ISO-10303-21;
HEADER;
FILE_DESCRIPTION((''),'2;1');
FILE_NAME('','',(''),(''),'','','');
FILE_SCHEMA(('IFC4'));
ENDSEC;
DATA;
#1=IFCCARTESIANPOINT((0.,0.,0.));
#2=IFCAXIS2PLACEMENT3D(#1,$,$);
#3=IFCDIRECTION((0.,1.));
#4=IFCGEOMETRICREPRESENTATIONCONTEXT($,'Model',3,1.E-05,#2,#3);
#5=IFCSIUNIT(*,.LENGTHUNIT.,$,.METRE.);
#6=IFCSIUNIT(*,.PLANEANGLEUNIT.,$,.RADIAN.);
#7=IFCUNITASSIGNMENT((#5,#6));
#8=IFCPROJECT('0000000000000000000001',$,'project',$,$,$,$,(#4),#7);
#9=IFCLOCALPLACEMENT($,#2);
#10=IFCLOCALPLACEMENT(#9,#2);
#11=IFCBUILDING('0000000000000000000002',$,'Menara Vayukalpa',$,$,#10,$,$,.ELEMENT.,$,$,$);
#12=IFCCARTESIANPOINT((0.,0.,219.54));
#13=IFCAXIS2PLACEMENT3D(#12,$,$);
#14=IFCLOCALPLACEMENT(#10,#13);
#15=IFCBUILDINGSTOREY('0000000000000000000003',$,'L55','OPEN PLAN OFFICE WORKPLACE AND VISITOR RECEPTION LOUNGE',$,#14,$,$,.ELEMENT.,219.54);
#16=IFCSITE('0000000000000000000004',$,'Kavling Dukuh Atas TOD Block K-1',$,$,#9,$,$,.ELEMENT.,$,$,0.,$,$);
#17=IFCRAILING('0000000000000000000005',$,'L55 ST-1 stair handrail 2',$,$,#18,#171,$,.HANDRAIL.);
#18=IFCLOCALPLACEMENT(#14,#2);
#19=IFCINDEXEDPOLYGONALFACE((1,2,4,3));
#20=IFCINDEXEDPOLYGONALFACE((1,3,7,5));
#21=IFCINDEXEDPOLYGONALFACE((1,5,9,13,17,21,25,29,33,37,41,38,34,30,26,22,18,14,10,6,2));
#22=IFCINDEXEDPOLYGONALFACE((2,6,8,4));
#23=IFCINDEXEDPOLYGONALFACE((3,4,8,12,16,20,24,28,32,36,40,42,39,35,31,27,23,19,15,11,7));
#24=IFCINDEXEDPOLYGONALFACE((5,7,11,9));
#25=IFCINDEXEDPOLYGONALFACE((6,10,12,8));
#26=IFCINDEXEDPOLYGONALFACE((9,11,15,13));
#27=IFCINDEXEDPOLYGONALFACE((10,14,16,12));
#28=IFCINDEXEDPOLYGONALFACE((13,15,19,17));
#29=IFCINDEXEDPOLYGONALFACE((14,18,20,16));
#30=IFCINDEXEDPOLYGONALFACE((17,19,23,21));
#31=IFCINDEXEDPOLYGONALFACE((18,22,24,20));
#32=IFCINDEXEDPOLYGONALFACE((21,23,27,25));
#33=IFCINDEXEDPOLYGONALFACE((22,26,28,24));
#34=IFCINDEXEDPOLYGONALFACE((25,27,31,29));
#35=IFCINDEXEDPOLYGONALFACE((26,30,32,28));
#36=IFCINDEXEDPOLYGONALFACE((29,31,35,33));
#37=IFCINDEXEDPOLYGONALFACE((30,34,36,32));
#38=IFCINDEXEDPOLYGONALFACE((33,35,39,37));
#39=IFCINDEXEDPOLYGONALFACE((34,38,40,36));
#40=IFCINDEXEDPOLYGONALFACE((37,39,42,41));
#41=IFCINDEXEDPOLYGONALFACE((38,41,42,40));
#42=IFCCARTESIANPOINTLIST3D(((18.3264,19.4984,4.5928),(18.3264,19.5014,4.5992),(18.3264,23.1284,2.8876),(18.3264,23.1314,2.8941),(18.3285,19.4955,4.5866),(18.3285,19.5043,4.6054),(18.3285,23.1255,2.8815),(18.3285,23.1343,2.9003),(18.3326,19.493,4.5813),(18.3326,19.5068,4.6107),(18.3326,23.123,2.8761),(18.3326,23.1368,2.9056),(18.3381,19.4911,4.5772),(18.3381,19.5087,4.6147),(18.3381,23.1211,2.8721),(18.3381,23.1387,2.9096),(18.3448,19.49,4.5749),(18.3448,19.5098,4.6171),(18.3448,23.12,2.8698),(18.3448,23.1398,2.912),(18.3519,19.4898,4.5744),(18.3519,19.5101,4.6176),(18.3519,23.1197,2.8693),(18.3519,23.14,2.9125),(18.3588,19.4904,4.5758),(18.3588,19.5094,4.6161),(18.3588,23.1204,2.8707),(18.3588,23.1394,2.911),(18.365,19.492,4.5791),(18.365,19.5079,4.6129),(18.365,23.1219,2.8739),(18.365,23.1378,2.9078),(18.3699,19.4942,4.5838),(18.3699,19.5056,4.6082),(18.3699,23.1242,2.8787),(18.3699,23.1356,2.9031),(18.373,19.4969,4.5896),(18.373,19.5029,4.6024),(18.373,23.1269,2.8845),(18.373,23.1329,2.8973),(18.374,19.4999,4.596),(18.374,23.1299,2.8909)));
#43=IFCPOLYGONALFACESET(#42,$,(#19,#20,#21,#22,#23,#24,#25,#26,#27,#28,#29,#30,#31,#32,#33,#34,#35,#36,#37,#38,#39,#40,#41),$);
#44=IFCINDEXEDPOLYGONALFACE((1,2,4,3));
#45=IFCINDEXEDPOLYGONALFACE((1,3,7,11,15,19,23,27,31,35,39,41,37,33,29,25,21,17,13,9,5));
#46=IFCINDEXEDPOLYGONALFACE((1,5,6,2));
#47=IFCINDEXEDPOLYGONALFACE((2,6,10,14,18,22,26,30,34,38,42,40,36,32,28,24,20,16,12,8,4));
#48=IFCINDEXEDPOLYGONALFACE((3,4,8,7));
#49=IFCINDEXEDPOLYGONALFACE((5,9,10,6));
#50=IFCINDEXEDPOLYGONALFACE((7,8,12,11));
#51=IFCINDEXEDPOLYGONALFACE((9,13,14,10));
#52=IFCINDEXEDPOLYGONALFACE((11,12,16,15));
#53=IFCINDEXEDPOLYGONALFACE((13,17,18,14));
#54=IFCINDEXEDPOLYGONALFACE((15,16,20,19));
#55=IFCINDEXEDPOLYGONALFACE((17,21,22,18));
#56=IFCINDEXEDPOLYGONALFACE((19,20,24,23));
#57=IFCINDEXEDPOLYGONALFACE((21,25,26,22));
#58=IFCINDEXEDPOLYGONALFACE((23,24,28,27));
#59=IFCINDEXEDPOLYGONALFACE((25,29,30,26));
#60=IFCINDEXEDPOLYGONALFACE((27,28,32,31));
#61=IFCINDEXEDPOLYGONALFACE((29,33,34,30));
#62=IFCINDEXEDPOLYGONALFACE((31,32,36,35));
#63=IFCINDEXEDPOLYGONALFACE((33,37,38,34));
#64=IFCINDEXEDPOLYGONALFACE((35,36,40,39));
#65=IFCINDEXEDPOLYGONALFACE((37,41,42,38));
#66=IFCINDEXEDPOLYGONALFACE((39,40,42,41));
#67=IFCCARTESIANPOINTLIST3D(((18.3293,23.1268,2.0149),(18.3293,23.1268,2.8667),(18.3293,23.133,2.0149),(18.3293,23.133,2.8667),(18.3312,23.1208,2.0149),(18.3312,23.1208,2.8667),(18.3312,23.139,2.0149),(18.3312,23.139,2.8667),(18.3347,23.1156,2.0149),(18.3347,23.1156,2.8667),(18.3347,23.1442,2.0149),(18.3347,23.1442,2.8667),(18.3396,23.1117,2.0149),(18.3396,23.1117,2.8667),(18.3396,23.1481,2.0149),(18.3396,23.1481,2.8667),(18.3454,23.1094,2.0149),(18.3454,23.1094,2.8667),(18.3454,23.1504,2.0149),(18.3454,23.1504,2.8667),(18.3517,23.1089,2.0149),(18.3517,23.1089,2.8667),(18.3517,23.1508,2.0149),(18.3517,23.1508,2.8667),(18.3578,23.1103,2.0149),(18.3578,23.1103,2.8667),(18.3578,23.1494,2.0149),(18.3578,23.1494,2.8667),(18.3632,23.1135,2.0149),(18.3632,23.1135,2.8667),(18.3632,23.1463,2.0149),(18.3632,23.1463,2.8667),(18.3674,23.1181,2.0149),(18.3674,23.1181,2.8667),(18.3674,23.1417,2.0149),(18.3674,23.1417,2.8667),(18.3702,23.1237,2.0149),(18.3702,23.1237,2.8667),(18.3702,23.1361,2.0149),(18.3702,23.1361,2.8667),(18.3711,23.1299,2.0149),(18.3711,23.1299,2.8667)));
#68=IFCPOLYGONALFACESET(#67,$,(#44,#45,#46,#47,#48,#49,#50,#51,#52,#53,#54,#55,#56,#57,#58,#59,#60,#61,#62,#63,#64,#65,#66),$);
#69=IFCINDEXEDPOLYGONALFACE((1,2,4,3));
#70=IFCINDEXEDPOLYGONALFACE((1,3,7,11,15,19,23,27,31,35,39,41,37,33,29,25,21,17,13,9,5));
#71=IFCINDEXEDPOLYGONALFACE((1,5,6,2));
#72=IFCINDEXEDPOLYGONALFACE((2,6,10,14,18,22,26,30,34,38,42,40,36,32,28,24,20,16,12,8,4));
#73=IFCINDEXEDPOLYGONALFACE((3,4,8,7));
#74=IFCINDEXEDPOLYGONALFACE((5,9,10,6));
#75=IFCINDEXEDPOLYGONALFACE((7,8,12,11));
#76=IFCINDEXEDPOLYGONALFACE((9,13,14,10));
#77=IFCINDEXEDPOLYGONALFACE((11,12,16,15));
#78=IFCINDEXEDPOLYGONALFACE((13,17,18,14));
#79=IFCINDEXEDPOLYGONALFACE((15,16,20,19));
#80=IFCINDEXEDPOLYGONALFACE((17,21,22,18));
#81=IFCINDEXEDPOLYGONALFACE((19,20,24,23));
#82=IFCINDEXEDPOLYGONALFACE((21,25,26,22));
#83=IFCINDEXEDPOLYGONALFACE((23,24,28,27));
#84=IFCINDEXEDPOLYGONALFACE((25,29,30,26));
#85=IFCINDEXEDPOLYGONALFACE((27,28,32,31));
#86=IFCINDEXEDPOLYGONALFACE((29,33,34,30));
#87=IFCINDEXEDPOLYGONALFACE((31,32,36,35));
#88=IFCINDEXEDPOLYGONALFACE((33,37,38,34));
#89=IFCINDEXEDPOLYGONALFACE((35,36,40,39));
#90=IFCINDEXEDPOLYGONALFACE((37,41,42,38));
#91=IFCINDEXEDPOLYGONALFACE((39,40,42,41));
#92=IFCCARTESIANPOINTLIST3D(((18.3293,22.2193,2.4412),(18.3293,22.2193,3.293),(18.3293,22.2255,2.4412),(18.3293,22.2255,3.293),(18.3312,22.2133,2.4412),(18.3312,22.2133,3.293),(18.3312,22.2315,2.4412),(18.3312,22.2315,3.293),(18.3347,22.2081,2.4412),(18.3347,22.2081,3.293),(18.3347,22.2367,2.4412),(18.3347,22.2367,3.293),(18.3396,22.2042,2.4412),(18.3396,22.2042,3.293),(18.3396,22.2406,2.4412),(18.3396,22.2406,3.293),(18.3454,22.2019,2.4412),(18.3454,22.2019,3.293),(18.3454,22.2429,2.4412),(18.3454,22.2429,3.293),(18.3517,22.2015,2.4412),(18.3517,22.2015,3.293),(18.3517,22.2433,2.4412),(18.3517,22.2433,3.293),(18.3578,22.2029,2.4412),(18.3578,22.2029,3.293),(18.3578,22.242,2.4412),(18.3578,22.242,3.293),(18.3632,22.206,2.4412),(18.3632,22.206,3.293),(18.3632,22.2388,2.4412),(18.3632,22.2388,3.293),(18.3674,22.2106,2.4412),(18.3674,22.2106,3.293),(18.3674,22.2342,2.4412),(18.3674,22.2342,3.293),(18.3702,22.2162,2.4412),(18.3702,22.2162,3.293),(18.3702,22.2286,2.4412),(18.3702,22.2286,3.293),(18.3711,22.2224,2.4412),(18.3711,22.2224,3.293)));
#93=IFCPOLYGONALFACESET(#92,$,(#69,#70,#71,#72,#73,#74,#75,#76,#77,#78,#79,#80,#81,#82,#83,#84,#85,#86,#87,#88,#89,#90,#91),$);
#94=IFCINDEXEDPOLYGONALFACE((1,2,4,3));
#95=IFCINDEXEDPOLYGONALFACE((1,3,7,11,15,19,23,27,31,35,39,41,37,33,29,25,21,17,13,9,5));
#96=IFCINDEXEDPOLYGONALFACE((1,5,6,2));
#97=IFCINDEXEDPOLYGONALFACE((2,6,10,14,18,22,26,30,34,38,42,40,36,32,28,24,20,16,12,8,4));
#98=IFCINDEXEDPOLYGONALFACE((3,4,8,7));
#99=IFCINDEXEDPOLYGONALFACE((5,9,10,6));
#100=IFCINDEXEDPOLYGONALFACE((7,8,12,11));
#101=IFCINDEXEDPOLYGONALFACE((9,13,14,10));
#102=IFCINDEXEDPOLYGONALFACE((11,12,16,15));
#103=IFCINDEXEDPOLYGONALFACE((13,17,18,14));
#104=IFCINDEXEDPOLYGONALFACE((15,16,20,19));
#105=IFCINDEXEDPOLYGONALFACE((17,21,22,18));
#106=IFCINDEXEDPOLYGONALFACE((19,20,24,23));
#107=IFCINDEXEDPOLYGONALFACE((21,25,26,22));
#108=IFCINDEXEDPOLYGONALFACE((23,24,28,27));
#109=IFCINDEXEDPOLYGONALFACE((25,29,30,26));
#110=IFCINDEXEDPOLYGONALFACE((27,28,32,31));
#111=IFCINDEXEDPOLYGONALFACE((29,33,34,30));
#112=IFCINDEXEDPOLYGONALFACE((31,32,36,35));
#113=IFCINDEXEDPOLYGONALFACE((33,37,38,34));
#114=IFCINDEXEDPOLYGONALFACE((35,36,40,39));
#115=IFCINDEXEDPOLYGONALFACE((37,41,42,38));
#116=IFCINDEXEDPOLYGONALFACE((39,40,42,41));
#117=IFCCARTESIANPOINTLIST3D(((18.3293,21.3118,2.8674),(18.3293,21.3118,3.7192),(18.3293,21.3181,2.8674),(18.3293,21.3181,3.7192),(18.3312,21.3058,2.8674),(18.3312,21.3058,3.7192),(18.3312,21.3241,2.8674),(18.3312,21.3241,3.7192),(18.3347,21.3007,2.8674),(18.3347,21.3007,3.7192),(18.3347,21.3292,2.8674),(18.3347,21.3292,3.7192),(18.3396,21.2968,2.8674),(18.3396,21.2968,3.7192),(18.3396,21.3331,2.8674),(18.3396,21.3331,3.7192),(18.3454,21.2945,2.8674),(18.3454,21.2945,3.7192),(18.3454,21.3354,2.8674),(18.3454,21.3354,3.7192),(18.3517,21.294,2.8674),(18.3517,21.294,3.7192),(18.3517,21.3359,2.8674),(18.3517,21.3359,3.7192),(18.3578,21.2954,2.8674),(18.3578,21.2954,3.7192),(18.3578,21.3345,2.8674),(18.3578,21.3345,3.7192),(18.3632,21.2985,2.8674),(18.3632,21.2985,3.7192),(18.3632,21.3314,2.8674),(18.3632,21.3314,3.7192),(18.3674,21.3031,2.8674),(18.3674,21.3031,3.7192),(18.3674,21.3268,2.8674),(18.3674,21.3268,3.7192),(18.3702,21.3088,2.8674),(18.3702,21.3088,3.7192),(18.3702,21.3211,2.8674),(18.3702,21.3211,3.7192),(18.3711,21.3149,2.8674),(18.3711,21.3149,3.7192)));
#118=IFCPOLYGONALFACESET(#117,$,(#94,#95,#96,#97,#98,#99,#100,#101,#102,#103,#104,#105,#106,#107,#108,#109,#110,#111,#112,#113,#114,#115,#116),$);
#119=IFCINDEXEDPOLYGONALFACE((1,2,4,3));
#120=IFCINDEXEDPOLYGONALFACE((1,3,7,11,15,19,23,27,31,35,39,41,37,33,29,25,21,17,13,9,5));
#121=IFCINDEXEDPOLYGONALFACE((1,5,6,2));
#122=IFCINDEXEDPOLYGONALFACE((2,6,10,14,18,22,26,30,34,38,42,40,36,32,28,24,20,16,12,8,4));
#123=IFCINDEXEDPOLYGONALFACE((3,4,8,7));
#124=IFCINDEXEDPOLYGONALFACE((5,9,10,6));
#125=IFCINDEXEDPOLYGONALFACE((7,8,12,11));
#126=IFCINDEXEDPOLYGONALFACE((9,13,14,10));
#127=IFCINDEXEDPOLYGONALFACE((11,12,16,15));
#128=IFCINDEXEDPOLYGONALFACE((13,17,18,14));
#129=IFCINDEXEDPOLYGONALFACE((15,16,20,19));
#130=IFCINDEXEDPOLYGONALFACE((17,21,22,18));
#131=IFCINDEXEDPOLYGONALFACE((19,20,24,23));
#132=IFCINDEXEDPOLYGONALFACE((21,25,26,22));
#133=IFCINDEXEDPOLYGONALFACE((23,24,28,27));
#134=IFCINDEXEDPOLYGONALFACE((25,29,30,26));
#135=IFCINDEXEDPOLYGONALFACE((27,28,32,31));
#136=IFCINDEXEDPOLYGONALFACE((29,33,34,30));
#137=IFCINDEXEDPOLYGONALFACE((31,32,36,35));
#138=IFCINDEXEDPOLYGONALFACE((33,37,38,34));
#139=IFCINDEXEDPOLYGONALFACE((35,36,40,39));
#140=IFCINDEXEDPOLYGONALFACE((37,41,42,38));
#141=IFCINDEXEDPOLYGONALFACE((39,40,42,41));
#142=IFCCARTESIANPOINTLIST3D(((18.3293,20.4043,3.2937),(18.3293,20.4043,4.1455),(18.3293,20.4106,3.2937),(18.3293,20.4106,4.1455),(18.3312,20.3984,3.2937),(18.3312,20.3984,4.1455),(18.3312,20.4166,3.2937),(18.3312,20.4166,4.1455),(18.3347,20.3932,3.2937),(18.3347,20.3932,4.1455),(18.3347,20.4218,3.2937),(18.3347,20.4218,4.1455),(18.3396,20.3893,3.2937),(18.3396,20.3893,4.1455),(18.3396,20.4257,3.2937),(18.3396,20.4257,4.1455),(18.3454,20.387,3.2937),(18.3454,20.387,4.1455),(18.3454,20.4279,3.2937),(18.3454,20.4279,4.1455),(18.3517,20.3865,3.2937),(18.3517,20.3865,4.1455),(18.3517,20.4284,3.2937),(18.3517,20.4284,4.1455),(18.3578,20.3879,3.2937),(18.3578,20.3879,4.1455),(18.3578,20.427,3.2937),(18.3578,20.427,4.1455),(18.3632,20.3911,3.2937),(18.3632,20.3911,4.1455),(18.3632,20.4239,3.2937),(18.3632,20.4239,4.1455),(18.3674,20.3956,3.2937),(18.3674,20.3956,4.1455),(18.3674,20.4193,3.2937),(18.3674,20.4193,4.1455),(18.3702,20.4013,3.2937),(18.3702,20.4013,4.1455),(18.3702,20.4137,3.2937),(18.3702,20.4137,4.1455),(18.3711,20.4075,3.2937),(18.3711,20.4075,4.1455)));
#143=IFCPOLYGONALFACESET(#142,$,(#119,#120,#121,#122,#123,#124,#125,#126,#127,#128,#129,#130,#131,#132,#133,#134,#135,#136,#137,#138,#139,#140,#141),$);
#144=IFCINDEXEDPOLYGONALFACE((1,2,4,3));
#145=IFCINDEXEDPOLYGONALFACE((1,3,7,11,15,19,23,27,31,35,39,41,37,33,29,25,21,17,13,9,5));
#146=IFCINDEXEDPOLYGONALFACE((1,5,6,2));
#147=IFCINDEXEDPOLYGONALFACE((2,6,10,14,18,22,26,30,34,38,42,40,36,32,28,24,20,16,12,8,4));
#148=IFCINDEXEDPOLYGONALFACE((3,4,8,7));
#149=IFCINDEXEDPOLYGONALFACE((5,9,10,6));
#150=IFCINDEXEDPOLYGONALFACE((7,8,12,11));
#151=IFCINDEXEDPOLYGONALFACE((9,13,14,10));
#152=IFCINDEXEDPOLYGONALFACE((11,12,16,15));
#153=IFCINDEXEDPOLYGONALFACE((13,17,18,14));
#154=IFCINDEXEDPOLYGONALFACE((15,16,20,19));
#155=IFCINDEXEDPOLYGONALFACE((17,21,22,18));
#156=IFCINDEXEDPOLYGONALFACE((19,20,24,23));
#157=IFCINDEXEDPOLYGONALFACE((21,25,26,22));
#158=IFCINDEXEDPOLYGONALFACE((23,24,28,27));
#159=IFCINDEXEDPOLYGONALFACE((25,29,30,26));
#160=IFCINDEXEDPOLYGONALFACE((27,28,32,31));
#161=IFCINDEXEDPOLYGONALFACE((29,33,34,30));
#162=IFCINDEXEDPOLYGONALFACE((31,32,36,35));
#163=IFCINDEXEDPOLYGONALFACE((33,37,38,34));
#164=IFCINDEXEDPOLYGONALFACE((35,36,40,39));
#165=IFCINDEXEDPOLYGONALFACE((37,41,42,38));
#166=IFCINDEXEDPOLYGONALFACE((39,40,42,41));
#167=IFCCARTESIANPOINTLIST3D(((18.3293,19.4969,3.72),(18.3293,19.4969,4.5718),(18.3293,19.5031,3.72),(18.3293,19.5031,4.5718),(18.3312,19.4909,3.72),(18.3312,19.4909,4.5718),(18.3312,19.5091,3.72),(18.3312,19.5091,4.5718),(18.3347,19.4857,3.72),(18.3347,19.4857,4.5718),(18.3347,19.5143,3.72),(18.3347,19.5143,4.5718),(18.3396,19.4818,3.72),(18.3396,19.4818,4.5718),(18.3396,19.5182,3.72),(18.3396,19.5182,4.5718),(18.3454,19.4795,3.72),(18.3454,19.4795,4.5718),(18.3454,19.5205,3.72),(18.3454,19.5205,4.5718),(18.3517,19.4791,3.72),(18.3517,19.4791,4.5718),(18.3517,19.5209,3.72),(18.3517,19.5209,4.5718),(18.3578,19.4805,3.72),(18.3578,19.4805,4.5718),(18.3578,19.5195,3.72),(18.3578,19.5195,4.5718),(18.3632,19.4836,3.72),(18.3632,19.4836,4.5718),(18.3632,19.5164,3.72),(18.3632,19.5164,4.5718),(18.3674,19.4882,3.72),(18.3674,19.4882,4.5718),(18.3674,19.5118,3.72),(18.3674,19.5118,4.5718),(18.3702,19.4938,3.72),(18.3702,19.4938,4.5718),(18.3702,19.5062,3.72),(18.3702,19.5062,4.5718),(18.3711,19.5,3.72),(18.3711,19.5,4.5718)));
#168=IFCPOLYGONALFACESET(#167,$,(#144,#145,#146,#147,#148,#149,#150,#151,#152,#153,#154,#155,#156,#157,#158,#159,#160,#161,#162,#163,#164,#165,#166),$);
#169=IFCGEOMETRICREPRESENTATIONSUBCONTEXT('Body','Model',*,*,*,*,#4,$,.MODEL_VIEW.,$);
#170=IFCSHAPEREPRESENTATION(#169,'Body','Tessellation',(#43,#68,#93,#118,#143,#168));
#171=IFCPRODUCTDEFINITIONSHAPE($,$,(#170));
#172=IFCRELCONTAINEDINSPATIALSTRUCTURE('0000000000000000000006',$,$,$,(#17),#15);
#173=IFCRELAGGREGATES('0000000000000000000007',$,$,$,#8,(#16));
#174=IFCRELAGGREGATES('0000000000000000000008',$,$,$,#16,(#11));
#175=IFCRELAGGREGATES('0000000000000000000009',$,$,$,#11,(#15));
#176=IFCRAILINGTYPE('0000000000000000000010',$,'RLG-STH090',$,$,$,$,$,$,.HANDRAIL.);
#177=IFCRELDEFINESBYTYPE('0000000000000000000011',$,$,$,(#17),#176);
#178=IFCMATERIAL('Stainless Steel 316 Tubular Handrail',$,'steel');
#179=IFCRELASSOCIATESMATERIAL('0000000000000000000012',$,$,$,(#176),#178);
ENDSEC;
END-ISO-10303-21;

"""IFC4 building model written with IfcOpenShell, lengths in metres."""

from ifc_helpers import new_model, si_unit, direction, frame, origin, origin_2d, place, context, subcontext, project, spatial, circle, extrude, material, type_object, element, save


model = new_model("IFC4")

# Units and contexts
model_context = context("Model", 3, precision=1e-05, world=origin(), true_north=direction((0.0, 1.0)))
body_context = subcontext(model_context, "Body", "Model", "MODEL_VIEW")
ifc_project = project(units=[si_unit("LENGTHUNIT", "METRE"), si_unit("PLANEANGLEUNIT", "RADIAN")], contexts=[model_context])

# Site, building, storey
site_placement = place(None, origin())
site = spatial("IfcSite", under=ifc_project, at=site_placement, Name="Kavling Dukuh Atas TOD Block K-1", CompositionType="ELEMENT", RefElevation=0.0)
building_placement = place(site_placement, origin())
building = spatial("IfcBuilding", under=site, at=building_placement, Name="Menara Vayukalpa", CompositionType="ELEMENT")
storey_placement = place(building_placement, frame((0.0, 0.0, 219.54)))
storey = spatial("IfcBuildingStorey", under=building, at=storey_placement, Name="L55", Description="OPEN PLAN OFFICE WORKPLACE AND VISITOR RECEPTION LOUNGE", CompositionType="ELEMENT", Elevation=219.54)

# Railing
ifc_material_1 = material(Name="Stainless Steel 316 Tubular Handrail", Category="steel")
railing_type_1 = type_object("IfcRailingType", Name="RLG-STH090", PredefinedType="HANDRAIL", material=ifc_material_1)
railing_1_placement = place(storey_placement, frame((18.3501, 23.1299, 2.0149)))
element("IfcRailing", 1, at=railing_1_placement, inside=storey, type_object=railing_type_1, Name="L55 ST-1 stair handrail 2", PredefinedType="HANDRAIL", context=body_context, shape_type="SweptSolid", body=[
    extrude(circle(Radius=0.0239, at=origin_2d()), frame((0.0, 0.0, 0.876), z_axis=(0.0, -0.905116, 0.425164), x_axis=(1.0, 0.0, 0.0)), (0.0, 0.0, 1.0), 4.0105),
    extrude(circle(Radius=0.021, at=origin_2d()), origin(), (0.0, 0.0, 1.0), 0.8518),
    extrude(circle(Radius=0.021, at=origin_2d()), frame((0.0, -0.9075, 0.4263)), (0.0, 0.0, 1.0), 0.8518),
    extrude(circle(Radius=0.021, at=origin_2d()), frame((0.0, -1.8149, 0.8525)), (0.0, 0.0, 1.0), 0.8518),
    extrude(circle(Radius=0.021, at=origin_2d()), frame((0.0, -2.7224, 1.2788)), (0.0, 0.0, 1.0), 0.8518),
    extrude(circle(Radius=0.021, at=origin_2d()), frame((0.0, -3.6299, 1.7051)), (0.0, 0.0, 1.0), 0.8518),
])

save(model, "model.ifc")
